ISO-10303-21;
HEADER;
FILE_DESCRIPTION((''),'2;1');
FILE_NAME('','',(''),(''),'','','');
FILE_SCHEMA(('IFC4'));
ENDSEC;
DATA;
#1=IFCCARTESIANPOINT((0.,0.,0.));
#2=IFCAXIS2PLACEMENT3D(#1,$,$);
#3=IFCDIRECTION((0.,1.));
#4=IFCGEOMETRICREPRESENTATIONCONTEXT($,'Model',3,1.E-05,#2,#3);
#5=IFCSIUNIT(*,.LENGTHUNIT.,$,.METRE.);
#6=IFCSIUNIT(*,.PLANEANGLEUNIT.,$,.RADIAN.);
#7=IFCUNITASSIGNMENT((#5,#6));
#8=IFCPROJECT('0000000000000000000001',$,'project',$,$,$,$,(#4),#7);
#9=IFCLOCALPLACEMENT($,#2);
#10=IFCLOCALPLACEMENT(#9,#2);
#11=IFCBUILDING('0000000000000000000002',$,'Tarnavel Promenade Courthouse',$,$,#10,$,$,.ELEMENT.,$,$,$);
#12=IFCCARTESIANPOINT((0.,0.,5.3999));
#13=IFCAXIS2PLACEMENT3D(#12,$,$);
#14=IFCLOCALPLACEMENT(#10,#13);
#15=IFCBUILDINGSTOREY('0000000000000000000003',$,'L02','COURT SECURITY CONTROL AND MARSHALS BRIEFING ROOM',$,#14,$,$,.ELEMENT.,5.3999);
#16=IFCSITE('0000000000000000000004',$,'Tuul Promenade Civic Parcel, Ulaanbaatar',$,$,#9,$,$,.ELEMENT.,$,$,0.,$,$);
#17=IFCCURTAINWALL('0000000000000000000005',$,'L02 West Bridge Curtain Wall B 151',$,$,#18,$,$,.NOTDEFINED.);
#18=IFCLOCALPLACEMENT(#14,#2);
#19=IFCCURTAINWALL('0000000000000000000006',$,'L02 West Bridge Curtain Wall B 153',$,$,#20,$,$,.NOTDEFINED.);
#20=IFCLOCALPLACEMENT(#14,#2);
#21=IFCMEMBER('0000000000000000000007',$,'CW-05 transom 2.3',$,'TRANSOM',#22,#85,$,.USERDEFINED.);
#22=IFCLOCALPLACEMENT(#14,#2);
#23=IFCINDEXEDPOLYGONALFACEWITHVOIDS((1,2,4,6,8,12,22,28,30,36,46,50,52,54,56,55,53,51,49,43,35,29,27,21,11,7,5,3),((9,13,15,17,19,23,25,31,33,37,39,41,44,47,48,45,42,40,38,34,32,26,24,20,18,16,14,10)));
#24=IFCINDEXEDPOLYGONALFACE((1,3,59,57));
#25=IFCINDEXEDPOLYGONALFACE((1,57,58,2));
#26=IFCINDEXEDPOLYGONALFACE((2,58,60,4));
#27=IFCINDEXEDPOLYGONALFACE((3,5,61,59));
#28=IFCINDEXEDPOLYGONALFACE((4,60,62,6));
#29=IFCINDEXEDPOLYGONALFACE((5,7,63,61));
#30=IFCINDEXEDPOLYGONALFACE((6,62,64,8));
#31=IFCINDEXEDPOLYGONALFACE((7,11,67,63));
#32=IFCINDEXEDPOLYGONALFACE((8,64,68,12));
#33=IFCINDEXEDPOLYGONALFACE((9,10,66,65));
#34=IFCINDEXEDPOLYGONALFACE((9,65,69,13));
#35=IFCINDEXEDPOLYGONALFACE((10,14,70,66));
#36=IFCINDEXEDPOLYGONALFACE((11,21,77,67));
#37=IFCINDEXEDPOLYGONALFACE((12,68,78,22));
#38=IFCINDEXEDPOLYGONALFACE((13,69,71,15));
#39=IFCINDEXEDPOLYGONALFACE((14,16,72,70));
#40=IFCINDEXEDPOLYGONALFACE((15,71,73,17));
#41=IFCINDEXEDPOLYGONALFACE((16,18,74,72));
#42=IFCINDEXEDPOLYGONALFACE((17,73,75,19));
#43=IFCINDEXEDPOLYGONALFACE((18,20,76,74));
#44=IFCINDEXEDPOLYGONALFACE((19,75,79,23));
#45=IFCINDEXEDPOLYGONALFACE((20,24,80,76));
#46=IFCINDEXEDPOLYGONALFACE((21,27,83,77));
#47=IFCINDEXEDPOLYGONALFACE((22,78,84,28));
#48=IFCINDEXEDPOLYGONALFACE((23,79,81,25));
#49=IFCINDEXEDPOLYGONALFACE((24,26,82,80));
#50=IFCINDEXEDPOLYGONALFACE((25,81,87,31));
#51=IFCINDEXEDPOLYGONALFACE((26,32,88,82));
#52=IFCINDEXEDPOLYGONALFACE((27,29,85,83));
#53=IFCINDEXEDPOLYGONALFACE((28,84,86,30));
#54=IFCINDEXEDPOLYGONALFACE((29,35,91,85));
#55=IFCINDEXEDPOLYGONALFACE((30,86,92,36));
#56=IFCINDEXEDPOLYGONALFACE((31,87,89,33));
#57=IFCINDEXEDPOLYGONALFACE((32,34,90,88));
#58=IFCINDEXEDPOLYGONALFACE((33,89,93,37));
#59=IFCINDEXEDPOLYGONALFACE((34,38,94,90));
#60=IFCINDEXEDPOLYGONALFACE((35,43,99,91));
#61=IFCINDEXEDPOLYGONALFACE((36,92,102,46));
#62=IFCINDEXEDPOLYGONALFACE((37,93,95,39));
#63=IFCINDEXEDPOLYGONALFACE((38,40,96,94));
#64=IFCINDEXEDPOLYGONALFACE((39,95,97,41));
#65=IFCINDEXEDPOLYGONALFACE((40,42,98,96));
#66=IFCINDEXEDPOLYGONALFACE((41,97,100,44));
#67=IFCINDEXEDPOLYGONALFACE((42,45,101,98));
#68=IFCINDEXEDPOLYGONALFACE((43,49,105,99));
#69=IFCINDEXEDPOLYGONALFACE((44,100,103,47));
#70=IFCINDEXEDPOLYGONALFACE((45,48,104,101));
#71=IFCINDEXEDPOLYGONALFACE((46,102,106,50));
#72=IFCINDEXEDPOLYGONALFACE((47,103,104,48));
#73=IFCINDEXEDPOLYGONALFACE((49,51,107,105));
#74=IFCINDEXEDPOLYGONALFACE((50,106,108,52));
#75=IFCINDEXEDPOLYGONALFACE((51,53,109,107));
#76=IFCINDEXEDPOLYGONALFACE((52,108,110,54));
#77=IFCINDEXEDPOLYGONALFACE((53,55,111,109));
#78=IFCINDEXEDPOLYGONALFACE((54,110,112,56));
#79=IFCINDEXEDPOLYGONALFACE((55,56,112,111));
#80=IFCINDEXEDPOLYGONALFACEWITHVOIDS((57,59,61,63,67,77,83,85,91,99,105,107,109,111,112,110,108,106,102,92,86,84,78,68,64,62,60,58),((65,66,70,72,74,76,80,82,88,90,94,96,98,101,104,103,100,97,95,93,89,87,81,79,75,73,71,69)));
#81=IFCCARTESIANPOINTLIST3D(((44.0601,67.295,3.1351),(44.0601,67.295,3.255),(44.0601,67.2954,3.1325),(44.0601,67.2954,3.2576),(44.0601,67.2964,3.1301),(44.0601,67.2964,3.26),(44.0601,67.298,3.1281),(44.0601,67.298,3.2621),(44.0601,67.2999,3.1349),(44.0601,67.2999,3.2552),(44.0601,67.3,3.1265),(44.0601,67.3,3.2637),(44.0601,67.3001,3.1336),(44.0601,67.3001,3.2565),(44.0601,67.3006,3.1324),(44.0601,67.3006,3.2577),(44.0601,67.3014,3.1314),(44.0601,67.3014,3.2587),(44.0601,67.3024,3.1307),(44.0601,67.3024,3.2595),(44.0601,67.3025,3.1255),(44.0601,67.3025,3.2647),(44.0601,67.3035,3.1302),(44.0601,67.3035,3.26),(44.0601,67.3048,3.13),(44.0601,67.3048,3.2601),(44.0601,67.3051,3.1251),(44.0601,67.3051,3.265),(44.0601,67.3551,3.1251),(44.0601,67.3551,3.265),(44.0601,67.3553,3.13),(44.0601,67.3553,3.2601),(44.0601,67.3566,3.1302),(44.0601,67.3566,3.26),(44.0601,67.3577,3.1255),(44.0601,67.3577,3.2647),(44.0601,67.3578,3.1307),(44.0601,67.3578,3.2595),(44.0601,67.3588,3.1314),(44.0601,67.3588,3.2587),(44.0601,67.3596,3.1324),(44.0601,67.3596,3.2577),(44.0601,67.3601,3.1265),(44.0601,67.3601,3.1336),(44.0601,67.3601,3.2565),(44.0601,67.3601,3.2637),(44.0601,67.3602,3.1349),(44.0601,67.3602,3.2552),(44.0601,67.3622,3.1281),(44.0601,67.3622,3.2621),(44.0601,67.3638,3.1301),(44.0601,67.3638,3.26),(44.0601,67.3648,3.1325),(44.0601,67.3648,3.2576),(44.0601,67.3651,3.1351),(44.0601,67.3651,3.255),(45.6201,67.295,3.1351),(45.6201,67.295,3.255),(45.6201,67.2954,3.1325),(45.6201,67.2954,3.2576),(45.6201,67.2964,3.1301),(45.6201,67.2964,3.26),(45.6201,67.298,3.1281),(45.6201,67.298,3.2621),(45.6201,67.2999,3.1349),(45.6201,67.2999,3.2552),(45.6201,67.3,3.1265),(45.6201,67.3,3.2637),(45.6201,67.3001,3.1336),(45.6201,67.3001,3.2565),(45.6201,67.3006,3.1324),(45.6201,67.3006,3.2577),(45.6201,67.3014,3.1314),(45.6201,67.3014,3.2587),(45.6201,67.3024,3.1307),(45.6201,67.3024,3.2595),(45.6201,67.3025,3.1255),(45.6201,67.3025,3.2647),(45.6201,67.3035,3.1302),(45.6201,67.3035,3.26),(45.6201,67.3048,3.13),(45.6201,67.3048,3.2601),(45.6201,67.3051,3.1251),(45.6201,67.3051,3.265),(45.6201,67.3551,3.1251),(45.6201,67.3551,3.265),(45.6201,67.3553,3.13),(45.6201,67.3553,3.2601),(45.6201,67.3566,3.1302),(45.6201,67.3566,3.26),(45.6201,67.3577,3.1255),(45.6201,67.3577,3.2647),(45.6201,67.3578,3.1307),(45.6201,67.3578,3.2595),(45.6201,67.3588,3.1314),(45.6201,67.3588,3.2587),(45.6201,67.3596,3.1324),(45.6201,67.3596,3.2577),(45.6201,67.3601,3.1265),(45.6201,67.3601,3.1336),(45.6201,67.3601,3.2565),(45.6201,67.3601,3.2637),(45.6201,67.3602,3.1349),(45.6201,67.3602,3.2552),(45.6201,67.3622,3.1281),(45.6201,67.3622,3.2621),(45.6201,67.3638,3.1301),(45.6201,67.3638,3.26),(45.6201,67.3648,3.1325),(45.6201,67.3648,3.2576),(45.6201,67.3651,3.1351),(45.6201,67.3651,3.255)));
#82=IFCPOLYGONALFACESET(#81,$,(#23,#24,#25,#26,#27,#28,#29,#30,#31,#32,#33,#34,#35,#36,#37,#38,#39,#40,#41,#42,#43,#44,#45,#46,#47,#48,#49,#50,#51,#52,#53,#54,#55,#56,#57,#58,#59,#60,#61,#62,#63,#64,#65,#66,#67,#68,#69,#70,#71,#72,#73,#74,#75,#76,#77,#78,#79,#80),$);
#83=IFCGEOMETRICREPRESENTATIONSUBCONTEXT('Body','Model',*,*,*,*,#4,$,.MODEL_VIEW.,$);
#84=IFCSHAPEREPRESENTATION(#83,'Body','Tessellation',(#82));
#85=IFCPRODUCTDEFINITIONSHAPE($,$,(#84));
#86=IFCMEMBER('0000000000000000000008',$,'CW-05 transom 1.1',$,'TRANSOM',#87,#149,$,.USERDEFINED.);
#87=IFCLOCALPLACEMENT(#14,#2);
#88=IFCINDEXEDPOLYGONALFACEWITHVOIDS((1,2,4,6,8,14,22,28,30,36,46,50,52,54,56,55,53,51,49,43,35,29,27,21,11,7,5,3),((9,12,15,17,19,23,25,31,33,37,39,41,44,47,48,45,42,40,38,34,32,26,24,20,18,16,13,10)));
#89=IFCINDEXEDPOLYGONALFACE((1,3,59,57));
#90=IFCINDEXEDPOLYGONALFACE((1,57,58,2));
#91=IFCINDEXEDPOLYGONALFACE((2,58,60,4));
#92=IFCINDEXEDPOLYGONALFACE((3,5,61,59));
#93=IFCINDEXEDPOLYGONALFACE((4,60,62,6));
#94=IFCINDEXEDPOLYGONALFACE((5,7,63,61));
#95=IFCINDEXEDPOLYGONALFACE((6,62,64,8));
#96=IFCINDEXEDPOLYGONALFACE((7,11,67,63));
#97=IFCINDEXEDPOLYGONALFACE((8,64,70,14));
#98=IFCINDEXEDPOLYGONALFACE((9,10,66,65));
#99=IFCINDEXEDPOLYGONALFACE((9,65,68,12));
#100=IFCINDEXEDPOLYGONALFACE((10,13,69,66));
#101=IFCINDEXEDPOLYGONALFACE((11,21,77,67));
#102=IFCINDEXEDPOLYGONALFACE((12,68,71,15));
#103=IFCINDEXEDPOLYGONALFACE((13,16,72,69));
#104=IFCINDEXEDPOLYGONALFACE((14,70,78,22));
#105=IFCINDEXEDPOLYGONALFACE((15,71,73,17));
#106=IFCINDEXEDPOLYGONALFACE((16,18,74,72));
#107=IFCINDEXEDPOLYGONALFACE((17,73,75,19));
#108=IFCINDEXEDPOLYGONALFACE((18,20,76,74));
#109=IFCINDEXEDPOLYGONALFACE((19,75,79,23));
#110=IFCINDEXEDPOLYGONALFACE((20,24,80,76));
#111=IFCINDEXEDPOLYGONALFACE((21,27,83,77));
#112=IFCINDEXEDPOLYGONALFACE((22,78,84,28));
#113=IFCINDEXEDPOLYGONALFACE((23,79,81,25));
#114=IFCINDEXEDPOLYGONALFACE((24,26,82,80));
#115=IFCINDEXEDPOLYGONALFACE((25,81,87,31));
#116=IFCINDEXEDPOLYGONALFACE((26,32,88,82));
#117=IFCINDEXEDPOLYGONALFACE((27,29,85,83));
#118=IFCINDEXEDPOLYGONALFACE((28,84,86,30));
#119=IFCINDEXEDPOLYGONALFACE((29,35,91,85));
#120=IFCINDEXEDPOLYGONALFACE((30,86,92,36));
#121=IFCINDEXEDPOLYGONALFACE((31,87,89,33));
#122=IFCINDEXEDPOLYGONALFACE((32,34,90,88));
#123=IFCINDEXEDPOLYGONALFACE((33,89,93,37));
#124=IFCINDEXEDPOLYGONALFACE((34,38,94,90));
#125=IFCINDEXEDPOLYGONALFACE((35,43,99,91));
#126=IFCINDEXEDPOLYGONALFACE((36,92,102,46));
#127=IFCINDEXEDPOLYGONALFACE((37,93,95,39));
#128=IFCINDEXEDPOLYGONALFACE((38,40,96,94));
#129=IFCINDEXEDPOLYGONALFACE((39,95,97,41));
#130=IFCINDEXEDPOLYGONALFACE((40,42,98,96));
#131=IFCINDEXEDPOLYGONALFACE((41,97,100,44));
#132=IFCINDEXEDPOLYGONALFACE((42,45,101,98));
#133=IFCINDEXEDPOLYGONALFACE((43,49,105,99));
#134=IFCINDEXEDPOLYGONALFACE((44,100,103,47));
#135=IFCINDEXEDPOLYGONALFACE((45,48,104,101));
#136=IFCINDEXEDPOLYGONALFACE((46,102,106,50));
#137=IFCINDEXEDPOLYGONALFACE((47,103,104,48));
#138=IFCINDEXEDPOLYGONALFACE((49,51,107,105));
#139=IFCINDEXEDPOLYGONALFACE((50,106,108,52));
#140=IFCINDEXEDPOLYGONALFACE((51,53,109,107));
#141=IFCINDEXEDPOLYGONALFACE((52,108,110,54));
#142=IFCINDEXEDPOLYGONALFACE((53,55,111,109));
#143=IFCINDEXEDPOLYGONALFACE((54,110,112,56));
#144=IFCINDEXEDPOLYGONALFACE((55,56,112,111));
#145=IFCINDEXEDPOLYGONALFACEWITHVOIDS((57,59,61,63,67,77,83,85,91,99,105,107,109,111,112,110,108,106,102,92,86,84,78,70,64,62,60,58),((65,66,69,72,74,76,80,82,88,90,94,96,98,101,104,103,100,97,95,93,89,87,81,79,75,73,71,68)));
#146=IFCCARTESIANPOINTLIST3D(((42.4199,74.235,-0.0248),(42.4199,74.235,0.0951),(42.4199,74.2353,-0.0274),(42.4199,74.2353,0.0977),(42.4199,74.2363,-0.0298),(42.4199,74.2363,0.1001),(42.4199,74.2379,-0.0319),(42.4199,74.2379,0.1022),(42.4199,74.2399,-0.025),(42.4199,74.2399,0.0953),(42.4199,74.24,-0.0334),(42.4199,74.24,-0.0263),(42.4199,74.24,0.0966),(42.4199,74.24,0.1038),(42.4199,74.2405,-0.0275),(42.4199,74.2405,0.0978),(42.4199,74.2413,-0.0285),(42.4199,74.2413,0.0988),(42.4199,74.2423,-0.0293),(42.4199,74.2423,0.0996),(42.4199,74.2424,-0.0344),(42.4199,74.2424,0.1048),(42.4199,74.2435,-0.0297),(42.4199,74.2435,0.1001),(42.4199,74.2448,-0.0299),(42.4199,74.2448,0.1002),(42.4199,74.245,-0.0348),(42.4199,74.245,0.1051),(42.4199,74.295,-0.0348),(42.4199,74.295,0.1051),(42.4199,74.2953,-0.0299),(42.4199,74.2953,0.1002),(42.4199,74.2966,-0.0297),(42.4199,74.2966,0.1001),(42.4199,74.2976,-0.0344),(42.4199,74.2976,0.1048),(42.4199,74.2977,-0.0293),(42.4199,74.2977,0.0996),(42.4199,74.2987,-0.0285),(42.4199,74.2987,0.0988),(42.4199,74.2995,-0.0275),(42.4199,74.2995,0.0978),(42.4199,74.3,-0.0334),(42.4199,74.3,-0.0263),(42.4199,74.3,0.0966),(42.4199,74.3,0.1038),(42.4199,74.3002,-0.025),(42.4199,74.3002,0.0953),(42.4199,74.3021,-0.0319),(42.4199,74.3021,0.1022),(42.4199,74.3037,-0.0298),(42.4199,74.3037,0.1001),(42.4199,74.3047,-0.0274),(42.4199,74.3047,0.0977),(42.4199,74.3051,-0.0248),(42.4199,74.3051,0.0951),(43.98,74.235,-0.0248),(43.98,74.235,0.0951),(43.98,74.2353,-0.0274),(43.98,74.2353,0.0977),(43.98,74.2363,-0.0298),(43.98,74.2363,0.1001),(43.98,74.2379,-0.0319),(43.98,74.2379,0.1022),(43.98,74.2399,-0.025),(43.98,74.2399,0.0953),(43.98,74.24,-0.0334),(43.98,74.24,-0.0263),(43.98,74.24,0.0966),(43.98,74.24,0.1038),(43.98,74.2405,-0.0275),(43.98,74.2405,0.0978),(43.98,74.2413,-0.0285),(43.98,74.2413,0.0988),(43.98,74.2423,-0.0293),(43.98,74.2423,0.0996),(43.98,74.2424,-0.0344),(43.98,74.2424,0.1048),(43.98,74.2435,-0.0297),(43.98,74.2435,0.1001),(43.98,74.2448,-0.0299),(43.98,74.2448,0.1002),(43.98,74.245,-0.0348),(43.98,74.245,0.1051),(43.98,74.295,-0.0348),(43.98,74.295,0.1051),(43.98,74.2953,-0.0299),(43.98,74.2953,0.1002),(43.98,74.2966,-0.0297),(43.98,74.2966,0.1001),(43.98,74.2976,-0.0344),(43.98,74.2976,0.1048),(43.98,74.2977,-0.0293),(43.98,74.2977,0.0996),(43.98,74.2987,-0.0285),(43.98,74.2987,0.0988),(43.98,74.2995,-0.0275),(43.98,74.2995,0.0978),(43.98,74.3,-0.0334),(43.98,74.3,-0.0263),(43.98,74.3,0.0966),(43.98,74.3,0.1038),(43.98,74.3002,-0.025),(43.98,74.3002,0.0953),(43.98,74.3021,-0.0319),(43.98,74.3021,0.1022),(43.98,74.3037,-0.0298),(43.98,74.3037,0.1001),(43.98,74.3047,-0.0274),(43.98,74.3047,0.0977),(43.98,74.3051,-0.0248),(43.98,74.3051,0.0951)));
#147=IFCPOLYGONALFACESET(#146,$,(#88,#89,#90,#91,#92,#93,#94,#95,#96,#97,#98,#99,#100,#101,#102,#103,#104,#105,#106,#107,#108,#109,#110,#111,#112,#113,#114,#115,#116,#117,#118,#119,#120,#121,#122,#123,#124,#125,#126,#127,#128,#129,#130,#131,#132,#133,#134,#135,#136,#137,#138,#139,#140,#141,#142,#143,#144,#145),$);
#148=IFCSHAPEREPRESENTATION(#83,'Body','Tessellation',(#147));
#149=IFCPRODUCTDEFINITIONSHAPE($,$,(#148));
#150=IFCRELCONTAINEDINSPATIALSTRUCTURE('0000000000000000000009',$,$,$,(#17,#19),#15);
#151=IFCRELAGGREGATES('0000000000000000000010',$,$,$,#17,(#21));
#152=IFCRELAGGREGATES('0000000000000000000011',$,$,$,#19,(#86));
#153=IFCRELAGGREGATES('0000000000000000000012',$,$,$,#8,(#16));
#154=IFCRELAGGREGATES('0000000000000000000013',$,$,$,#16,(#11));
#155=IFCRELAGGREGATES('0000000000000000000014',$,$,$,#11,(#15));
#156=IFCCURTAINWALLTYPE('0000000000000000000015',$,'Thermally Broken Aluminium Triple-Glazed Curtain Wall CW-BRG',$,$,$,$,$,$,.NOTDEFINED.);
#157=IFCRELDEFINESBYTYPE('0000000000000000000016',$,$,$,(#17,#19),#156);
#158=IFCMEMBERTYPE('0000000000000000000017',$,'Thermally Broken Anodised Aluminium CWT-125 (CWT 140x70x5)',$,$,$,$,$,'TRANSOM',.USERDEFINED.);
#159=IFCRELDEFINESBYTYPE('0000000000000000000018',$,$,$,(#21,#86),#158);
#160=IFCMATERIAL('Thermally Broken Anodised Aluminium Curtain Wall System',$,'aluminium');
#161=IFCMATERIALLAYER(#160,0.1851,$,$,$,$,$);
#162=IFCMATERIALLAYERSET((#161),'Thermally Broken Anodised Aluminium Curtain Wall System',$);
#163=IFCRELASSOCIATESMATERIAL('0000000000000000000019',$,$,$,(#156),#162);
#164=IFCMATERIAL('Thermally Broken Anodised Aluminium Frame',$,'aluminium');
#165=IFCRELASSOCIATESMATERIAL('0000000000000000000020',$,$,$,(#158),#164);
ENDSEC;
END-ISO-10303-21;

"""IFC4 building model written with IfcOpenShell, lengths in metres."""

from ifc_helpers import new_model, si_unit, direction, frame, origin, origin_2d, place, context, subcontext, project, spatial, hollow_rectangle, extrude, material, layer, layer_set, material_profile, profile_set, type_object, element, aggregate, save


model = new_model("IFC4")

# Units and contexts
model_context = context("Model", 3, precision=1e-05, world=origin(), true_north=direction((0.0, 1.0)))
body_context = subcontext(model_context, "Body", "Model", "MODEL_VIEW")
ifc_project = project(units=[si_unit("LENGTHUNIT", "METRE"), si_unit("PLANEANGLEUNIT", "RADIAN")], contexts=[model_context])

# Site, building, storey
site_placement = place(None, origin())
site = spatial("IfcSite", under=ifc_project, at=site_placement, Name="Tuul Promenade Civic Parcel, Ulaanbaatar", CompositionType="ELEMENT", RefElevation=0.0)
building_placement = place(site_placement, origin())
building = spatial("IfcBuilding", under=site, at=building_placement, Name="Tarnavel Promenade Courthouse", CompositionType="ELEMENT")
storey_placement = place(building_placement, frame((0.0, 0.0, 5.3999)))
storey = spatial("IfcBuildingStorey", under=building, at=storey_placement, Name="L02", Description="COURT SECURITY CONTROL AND MARSHALS BRIEFING ROOM", CompositionType="ELEMENT", Elevation=5.3999)

# Shared definitions
ifc_material_1 = material(Name="Thermally Broken Anodised Aluminium Curtain Wall System", Category="aluminium")
ifc_layer_1 = layer(ifc_material_1, 0.1851)
ifc_layer_set_1 = layer_set([ifc_layer_1], Name="Thermally Broken Anodised Aluminium Curtain Wall System")
curtain_wall_type = type_object("IfcCurtainWallType", Name="Thermally Broken Aluminium Triple-Glazed Curtain Wall CW-BRG", PredefinedType="NOTDEFINED", material=ifc_layer_set_1)
ifc_material_2 = material(Name="Thermally Broken Anodised Aluminium Frame", Category="aluminium")

# Curtain wall
curtain_wall_1_placement = place(storey_placement, origin())
curtain_wall_1 = element("IfcCurtainWall", 1, at=curtain_wall_1_placement, inside=storey, type_object=curtain_wall_type, Name="L02 West Bridge Curtain Wall B 151", PredefinedType="NOTDEFINED")

# Curtain wall
curtain_wall_2_placement = place(storey_placement, origin())
curtain_wall_2 = element("IfcCurtainWall", 2, at=curtain_wall_2_placement, inside=storey, type_object=curtain_wall_type, Name="L02 West Bridge Curtain Wall B 153", PredefinedType="NOTDEFINED")

# Members
ifc_material_profile_1 = material_profile(ifc_material_2, hollow_rectangle(XDim=0.0701, YDim=0.1399, WallThickness=0.0049, InnerFilletRadius=0.0049, OuterFilletRadius=0.01, at=origin_2d()), Name="CWT 140x70x5")
ifc_profile_set_1 = profile_set([ifc_material_profile_1], Name="Thermally Broken Anodised Aluminium Frame")
member_type_1 = type_object("IfcMemberType", Name="Thermally Broken Anodised Aluminium CWT-125 (CWT 140x70x5)", ElementType="TRANSOM", PredefinedType="USERDEFINED", material=ifc_profile_set_1)
member_1_placement = place(storey_placement, frame((44.0601, 67.3301, 3.1951), z_axis=(1.0, 0.0, 0.0), x_axis=(0.0, 1.0, 0.0)))
member_1 = element("IfcMember", 3, at=member_1_placement, type_object=member_type_1, Name="CW-05 transom 2.3", ObjectType="TRANSOM", PredefinedType="USERDEFINED", context=body_context, shape_type="SweptSolid", body=[
    extrude(hollow_rectangle(XDim=0.0701, YDim=0.1399, WallThickness=0.0049, InnerFilletRadius=0.0049, OuterFilletRadius=0.01, at=origin_2d()), origin(), (0.0, 0.0, 1.0), 1.5601),
])
member_2_placement = place(storey_placement, frame((42.4199, 74.27, 0.0352), z_axis=(1.0, 0.0, 0.0), x_axis=(0.0, 1.0, 0.0)))
member_2 = element("IfcMember", 4, at=member_2_placement, type_object=member_type_1, Name="CW-05 transom 1.1", ObjectType="TRANSOM", PredefinedType="USERDEFINED", context=body_context, shape_type="SweptSolid", body=[
    extrude(hollow_rectangle(XDim=0.0701, YDim=0.1399, WallThickness=0.0049, InnerFilletRadius=0.0049, OuterFilletRadius=0.01, at=origin_2d()), origin(), (0.0, 0.0, 1.0), 1.5601),
])

aggregate(curtain_wall_1, [member_1])
aggregate(curtain_wall_2, [member_2])

save(model, "model.ifc")
